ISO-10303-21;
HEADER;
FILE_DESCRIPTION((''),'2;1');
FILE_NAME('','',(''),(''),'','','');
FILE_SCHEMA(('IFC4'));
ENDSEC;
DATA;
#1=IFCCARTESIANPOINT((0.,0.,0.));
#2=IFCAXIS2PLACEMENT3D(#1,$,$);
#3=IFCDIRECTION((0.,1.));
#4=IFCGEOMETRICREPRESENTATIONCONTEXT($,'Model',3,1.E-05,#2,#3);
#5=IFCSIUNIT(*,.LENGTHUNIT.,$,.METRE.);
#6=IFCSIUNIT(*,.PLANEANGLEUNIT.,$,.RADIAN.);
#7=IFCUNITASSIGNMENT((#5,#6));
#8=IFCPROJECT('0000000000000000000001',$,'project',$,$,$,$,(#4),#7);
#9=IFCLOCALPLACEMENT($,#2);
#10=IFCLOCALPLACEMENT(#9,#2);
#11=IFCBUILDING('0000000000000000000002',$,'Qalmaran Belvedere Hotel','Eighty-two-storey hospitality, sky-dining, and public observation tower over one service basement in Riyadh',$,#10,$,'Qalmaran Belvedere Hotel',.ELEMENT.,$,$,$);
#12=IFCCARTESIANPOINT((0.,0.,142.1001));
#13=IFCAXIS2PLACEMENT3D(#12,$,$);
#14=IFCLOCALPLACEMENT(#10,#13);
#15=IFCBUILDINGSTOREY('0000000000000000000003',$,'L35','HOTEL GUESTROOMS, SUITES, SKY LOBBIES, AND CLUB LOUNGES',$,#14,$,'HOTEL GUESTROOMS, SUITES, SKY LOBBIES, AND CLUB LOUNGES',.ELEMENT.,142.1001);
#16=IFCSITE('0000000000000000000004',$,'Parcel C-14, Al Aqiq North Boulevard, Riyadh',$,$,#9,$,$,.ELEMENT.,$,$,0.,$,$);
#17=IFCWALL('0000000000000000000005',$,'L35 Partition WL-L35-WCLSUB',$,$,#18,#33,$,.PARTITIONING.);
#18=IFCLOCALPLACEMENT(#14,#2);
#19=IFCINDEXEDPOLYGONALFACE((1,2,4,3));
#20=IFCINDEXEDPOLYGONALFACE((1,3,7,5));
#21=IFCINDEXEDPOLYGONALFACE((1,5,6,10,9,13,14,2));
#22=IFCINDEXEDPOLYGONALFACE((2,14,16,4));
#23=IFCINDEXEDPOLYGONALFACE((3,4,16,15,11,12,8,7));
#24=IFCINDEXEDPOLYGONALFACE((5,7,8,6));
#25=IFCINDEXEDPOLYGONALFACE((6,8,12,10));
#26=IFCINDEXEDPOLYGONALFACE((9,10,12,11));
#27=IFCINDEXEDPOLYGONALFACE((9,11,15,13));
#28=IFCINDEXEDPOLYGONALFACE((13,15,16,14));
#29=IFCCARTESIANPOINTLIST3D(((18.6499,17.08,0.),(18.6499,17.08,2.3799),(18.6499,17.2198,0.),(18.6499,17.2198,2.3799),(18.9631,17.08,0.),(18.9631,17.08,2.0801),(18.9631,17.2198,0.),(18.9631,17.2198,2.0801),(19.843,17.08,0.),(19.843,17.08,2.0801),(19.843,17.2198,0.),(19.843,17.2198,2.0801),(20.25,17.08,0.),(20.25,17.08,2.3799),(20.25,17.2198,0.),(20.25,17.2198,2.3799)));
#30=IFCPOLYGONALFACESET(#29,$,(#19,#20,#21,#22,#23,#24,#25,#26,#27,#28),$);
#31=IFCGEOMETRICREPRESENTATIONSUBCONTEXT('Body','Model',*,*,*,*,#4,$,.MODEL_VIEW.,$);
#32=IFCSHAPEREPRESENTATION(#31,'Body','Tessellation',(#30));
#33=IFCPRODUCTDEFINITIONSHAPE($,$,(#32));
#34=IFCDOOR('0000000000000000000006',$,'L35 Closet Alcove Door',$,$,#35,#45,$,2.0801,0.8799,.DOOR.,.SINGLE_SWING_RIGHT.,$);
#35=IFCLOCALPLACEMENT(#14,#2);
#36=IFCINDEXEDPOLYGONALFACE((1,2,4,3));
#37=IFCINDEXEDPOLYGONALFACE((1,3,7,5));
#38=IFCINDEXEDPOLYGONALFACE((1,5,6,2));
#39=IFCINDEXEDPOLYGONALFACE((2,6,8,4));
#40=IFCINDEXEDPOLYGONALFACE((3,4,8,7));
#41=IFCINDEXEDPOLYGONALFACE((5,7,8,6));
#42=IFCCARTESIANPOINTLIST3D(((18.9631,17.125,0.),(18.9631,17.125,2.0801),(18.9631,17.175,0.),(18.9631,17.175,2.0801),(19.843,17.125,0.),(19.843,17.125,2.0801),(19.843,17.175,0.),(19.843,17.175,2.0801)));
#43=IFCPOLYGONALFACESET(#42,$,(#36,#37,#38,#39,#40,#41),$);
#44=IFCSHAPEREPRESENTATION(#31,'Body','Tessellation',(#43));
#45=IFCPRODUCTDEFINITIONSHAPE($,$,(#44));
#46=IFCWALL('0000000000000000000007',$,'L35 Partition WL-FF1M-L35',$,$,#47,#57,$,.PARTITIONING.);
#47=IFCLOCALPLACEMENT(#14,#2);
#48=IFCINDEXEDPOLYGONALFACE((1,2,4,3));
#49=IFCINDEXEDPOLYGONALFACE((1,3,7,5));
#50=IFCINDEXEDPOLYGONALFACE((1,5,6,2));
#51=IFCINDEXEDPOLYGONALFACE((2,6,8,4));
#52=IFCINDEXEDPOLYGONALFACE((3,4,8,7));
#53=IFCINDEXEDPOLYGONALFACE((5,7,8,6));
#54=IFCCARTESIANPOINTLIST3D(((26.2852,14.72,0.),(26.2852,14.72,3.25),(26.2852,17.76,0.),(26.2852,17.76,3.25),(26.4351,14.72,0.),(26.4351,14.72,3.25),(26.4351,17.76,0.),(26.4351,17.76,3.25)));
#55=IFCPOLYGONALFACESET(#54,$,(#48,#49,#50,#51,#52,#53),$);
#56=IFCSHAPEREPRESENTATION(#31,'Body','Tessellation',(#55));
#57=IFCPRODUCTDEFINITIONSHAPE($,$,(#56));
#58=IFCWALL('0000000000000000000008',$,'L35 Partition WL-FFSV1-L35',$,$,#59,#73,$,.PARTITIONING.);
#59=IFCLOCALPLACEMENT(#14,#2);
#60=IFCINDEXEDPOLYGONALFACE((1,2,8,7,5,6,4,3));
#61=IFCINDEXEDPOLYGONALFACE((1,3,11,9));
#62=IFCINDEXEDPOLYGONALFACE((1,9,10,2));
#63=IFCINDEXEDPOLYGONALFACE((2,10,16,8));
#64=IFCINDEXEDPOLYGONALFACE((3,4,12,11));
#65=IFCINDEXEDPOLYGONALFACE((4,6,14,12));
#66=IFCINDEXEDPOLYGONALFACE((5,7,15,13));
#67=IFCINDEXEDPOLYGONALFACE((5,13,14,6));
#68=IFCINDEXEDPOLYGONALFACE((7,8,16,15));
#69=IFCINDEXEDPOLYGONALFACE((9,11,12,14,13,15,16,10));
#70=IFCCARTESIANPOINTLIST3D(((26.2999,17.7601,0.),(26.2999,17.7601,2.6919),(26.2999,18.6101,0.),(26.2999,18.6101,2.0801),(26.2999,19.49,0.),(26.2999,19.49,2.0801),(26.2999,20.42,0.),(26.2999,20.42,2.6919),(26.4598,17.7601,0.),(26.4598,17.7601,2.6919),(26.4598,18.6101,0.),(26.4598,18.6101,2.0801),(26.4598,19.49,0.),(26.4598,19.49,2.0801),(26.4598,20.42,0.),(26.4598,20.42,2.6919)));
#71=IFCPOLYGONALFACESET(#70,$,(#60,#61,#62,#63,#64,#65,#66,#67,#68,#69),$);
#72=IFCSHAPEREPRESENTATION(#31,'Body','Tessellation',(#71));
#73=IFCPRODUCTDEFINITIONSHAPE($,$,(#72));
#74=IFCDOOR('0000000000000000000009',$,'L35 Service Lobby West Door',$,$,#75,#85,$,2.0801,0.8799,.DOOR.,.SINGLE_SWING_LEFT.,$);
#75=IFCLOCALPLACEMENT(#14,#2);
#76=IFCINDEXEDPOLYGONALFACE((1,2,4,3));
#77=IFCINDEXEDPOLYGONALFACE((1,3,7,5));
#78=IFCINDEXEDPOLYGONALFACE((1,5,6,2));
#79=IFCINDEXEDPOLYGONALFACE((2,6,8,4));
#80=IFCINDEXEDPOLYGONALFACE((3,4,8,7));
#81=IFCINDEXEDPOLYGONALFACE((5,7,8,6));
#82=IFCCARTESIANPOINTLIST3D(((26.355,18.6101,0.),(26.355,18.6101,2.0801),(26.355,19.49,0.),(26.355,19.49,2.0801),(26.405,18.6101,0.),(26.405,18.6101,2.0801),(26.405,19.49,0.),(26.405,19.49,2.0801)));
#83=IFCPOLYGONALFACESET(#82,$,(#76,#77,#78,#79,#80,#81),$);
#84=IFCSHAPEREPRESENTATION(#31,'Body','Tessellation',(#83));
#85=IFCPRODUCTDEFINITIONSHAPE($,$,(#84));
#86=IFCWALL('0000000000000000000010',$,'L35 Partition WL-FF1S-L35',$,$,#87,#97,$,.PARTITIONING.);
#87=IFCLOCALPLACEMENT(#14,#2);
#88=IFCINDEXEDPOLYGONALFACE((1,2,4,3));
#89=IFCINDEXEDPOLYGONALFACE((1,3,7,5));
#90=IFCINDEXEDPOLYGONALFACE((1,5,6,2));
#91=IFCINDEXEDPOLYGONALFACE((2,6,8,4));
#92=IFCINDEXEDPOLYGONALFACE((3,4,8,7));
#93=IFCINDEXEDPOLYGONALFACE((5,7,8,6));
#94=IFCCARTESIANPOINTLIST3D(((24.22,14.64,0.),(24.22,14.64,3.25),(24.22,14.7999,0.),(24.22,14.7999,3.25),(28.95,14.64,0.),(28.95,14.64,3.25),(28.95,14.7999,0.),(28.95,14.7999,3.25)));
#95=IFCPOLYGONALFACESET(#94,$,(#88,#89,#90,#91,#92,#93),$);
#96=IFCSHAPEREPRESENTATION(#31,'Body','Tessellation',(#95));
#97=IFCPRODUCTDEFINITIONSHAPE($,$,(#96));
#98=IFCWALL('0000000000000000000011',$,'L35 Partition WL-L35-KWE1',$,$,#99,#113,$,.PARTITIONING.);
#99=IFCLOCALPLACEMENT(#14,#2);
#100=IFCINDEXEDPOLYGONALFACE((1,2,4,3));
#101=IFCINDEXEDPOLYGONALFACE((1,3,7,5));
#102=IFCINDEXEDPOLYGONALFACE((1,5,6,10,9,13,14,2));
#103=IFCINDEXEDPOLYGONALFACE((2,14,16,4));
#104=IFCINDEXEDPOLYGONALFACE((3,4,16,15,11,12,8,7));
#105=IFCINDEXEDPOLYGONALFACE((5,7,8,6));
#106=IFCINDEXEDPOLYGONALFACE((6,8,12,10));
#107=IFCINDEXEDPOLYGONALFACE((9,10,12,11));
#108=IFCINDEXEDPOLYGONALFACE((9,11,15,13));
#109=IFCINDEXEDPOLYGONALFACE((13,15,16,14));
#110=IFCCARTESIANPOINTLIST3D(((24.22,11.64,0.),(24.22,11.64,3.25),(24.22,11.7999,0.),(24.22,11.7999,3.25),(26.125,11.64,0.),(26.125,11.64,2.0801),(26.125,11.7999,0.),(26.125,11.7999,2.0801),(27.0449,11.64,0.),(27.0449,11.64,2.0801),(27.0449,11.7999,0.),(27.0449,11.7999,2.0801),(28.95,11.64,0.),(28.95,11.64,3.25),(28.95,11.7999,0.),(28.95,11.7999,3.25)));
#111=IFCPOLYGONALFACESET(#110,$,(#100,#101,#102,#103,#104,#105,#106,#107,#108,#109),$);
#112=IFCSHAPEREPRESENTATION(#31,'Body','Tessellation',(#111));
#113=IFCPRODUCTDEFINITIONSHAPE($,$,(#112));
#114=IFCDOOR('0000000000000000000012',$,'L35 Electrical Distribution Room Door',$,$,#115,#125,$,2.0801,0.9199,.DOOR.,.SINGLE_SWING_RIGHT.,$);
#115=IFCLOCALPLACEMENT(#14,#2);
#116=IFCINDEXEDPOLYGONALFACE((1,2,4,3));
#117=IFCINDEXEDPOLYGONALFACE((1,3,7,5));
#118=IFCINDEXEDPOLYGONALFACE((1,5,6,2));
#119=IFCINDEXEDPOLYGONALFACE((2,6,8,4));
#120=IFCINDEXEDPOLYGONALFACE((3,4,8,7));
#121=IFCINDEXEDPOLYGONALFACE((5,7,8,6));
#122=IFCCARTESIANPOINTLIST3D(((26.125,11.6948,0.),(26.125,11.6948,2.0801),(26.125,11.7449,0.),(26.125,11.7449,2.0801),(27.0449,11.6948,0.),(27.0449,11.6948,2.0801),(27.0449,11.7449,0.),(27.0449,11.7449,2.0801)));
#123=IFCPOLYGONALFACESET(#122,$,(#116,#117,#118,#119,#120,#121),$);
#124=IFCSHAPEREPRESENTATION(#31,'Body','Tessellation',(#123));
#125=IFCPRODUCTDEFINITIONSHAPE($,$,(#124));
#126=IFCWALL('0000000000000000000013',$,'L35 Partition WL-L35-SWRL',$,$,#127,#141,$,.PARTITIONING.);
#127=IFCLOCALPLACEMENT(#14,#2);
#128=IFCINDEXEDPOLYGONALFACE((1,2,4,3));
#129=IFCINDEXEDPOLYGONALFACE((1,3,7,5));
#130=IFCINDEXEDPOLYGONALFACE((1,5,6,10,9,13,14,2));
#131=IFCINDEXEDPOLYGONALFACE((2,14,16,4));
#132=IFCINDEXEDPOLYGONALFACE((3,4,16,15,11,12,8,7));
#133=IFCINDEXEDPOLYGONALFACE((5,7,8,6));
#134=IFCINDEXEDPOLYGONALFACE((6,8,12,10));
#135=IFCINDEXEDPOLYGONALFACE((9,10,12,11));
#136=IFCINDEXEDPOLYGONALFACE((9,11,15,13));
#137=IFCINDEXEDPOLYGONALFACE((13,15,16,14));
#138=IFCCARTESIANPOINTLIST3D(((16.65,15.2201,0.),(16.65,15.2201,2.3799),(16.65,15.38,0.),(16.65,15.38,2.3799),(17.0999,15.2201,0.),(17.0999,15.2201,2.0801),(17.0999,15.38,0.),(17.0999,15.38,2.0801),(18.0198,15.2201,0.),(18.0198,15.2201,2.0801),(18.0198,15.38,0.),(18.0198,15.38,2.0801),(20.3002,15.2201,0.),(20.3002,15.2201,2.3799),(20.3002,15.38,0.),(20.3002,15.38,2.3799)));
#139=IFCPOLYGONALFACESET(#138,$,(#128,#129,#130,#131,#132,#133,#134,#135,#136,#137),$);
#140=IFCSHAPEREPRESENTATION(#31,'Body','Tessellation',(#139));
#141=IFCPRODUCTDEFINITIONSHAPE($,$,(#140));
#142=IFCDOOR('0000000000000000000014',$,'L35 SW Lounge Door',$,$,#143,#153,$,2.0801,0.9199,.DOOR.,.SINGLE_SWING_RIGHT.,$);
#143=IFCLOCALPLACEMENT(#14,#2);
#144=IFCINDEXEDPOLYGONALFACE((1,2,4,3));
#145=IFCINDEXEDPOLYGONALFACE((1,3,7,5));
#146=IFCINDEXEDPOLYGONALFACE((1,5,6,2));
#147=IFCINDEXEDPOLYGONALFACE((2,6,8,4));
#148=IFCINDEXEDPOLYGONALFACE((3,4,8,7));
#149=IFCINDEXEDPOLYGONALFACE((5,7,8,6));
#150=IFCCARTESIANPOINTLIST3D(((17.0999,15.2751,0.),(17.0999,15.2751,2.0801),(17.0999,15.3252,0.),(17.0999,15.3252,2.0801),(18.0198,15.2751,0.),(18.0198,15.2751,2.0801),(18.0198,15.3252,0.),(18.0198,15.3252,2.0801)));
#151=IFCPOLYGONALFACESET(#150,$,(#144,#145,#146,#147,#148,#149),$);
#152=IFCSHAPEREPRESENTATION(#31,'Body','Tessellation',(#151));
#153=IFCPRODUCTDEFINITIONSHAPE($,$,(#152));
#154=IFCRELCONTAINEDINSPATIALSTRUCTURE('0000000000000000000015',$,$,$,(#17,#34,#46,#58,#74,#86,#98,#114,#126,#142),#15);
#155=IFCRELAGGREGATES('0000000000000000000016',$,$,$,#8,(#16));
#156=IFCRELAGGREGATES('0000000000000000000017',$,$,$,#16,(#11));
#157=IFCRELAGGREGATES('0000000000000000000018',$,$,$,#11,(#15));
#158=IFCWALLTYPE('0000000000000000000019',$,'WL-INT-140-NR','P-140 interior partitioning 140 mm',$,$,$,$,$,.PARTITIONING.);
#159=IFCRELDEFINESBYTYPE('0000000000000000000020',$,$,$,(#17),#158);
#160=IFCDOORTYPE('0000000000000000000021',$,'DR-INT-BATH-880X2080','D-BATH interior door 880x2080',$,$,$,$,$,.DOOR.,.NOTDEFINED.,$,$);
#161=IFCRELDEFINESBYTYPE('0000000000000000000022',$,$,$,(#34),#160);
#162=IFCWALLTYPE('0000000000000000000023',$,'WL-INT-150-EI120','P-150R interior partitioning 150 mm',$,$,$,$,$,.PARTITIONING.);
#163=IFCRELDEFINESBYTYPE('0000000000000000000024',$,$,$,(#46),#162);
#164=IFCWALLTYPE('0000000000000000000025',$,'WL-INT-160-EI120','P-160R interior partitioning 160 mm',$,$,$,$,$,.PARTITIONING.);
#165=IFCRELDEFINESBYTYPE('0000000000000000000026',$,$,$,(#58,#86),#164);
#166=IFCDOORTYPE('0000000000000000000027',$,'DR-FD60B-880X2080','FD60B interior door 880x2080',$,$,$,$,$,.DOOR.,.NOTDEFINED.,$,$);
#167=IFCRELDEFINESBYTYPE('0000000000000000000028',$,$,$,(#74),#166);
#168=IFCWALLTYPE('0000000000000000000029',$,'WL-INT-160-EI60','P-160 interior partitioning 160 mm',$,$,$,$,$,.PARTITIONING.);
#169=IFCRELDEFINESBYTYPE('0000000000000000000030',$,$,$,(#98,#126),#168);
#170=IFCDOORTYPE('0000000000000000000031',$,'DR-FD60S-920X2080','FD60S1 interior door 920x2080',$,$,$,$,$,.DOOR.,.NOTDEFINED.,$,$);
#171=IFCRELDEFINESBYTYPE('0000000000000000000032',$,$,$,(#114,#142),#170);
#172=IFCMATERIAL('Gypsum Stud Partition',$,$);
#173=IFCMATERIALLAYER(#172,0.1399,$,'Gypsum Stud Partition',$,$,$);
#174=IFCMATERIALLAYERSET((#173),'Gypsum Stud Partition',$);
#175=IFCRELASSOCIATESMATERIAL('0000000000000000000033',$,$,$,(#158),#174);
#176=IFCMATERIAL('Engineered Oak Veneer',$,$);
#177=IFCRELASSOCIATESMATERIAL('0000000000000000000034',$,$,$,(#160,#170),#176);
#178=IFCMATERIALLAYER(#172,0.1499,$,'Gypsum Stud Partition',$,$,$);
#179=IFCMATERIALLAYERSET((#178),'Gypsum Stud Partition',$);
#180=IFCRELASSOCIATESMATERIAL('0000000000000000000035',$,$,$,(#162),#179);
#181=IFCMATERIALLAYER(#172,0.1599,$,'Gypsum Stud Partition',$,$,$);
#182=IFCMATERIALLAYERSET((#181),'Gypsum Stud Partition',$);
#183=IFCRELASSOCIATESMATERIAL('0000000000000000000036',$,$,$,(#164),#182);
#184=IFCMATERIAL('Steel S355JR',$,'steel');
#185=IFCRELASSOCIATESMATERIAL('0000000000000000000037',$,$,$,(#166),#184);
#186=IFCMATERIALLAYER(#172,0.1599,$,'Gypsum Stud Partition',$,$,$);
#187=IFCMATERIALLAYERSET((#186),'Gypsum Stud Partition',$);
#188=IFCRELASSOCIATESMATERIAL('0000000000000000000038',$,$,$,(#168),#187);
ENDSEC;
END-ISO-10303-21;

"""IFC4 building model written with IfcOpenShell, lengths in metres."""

from ifc_helpers import new_model, si_unit, direction, frame, frame_2d, origin, place, context, subcontext, project, spatial, rectangle, extrude, material, layer, layer_set, type_object, element, fill, save


model = new_model("IFC4")

# Units and contexts
model_context = context("Model", 3, precision=1e-05, world=origin(), true_north=direction((0.0, 1.0)))
body_context = subcontext(model_context, "Body", "Model", "MODEL_VIEW")
ifc_project = project(units=[si_unit("LENGTHUNIT", "METRE"), si_unit("PLANEANGLEUNIT", "RADIAN")], contexts=[model_context])

# Site, building, storey
site_placement = place(None, origin())
site = spatial("IfcSite", under=ifc_project, at=site_placement, Name="Parcel C-14, Al Aqiq North Boulevard, Riyadh", CompositionType="ELEMENT", RefElevation=0.0)
building_placement = place(site_placement, origin())
building = spatial("IfcBuilding", under=site, at=building_placement, Name="Qalmaran Belvedere Hotel", Description="Eighty-two-storey hospitality, sky-dining, and public observation tower over one service basement in Riyadh", LongName="Qalmaran Belvedere Hotel", CompositionType="ELEMENT")
storey_placement = place(building_placement, frame((0.0, 0.0, 142.1001)))
storey = spatial("IfcBuildingStorey", under=building, at=storey_placement, Name="L35", Description="HOTEL GUESTROOMS, SUITES, SKY LOBBIES, AND CLUB LOUNGES", LongName="HOTEL GUESTROOMS, SUITES, SKY LOBBIES, AND CLUB LOUNGES", CompositionType="ELEMENT", Elevation=142.1001)

# Wall, opening, door
ifc_material_1 = material(Name="Gypsum Stud Partition")
ifc_layer_1 = layer(ifc_material_1, 0.1399, Name="Gypsum Stud Partition")
ifc_layer_set_1 = layer_set([ifc_layer_1], Name="Gypsum Stud Partition")
wall_type_1 = type_object("IfcWallType", Name="WL-INT-140-NR", Description="P-140 interior partitioning 140 mm", PredefinedType="PARTITIONING", material=ifc_layer_set_1)
wall_1_placement = place(storey_placement, frame((18.6499, 17.1499, 0.0), z_axis=(0.0, 0.0, 1.0), x_axis=(1.0, 0.0, 0.0)))
wall_1 = element("IfcWall", 1, at=wall_1_placement, inside=storey, type_object=wall_type_1, Name="L35 Partition WL-L35-WCLSUB", PredefinedType="PARTITIONING", context=body_context, shape_type="SweptSolid", body=[
    extrude(rectangle(XDim=1.6001, YDim=0.1399, at=frame_2d((0.8, 0.0))), origin(), (0.0, 0.0, 1.0), 2.3799),
])
opening_1_placement = place(wall_1_placement, frame((1.1931, 0.0, 0.0), z_axis=(0.0, 0.0, 1.0), x_axis=(-1.0, 0.0, 0.0)))
opening_1 = element("IfcOpeningElement", 2, at=opening_1_placement, cuts=wall_1, PredefinedType="OPENING", context=body_context, shape_type="SweptSolid", body=[
    extrude(rectangle(XDim=0.8799, YDim=2.0801, at=frame_2d((0.4399, 1.04))), frame((0.0, 0.0801, 0.0), z_axis=(0.0, -1.0, 0.0), x_axis=(1.0, 0.0, 0.0)), (0.0, 0.0, 1.0), 0.1599),
])
ifc_material_2 = material(Name="Engineered Oak Veneer")
door_type_1 = type_object("IfcDoorType", Name="DR-INT-BATH-880X2080", Description="D-BATH interior door 880x2080", OperationType="NOTDEFINED", PredefinedType="DOOR", material=ifc_material_2)
door_1_placement = place(opening_1_placement, origin())
door_1 = element("IfcDoor", 3, at=door_1_placement, inside=storey, type_object=door_type_1, Name="L35 Closet Alcove Door", OperationType="SINGLE_SWING_RIGHT", OverallHeight=2.0801, OverallWidth=0.8799, PredefinedType="DOOR", context=body_context, shape_type="SweptSolid", body=[
    extrude(rectangle(XDim=0.8799, YDim=2.0801, at=frame_2d((0.4399, 1.04))), frame((0.0, 0.0249, 0.0), z_axis=(0.0, -1.0, 0.0), x_axis=(1.0, 0.0, 0.0)), (0.0, 0.0, 1.0), 0.05),
])
fill(opening_1, door_1)

# Wall
ifc_layer_2 = layer(ifc_material_1, 0.1499, Name="Gypsum Stud Partition")
ifc_layer_set_2 = layer_set([ifc_layer_2], Name="Gypsum Stud Partition")
wall_type_2 = type_object("IfcWallType", Name="WL-INT-150-EI120", Description="P-150R interior partitioning 150 mm", PredefinedType="PARTITIONING", material=ifc_layer_set_2)
wall_2_placement = place(storey_placement, frame((26.3601, 14.72, 0.0), z_axis=(0.0, 0.0, 1.0), x_axis=(0.0, 1.0, 0.0)))
element("IfcWall", 4, at=wall_2_placement, inside=storey, type_object=wall_type_2, Name="L35 Partition WL-FF1M-L35", PredefinedType="PARTITIONING", context=body_context, shape_type="SweptSolid", body=[
    extrude(rectangle(XDim=3.04, YDim=0.1499, at=frame_2d((1.52, 0.0))), origin(), (0.0, 0.0, 1.0), 3.25),
])

# Wall, opening, door
ifc_layer_3 = layer(ifc_material_1, 0.1599, Name="Gypsum Stud Partition")
ifc_layer_set_3 = layer_set([ifc_layer_3], Name="Gypsum Stud Partition")
wall_type_3 = type_object("IfcWallType", Name="WL-INT-160-EI120", Description="P-160R interior partitioning 160 mm", PredefinedType="PARTITIONING", material=ifc_layer_set_3)
wall_3_placement = place(storey_placement, frame((26.3799, 17.76, 0.0), z_axis=(0.0, 0.0, 1.0), x_axis=(0.0, 1.0, 0.0)))
wall_3 = element("IfcWall", 5, at=wall_3_placement, inside=storey, type_object=wall_type_3, Name="L35 Partition WL-FFSV1-L35", PredefinedType="PARTITIONING", context=body_context, shape_type="SweptSolid", body=[
    extrude(rectangle(XDim=2.6599, YDim=0.1599, at=frame_2d((1.3301, 0.0))), origin(), (0.0, 0.0, 1.0), 2.6919),
])
opening_2_placement = place(wall_3_placement, frame((0.8501, 0.0, 0.0)))
opening_2 = element("IfcOpeningElement", 6, at=opening_2_placement, cuts=wall_3, PredefinedType="OPENING", context=body_context, shape_type="SweptSolid", body=[
    extrude(rectangle(XDim=0.8799, YDim=2.0801, at=frame_2d((0.4399, 1.04))), frame((0.0, 0.0898, 0.0), z_axis=(0.0, -1.0, 0.0), x_axis=(1.0, 0.0, 0.0)), (0.0, 0.0, 1.0), 0.1799),
])
ifc_material_3 = material(Name="Steel S355JR", Category="steel")
door_type_2 = type_object("IfcDoorType", Name="DR-FD60B-880X2080", Description="FD60B interior door 880x2080", OperationType="NOTDEFINED", PredefinedType="DOOR", material=ifc_material_3)
door_2_placement = place(opening_2_placement, origin())
door_2 = element("IfcDoor", 7, at=door_2_placement, inside=storey, type_object=door_type_2, Name="L35 Service Lobby West Door", OperationType="SINGLE_SWING_LEFT", OverallHeight=2.0801, OverallWidth=0.8799, PredefinedType="DOOR", context=body_context, shape_type="SweptSolid", body=[
    extrude(rectangle(XDim=0.8799, YDim=2.0801, at=frame_2d((0.4399, 1.04))), frame((0.0, 0.0249, 0.0), z_axis=(0.0, -1.0, 0.0), x_axis=(1.0, 0.0, 0.0)), (0.0, 0.0, 1.0), 0.05),
])
fill(opening_2, door_2)

# Wall
wall_4_placement = place(storey_placement, frame((24.22, 14.72, 0.0), z_axis=(0.0, 0.0, 1.0), x_axis=(1.0, 0.0, 0.0)))
element("IfcWall", 8, at=wall_4_placement, inside=storey, type_object=wall_type_3, Name="L35 Partition WL-FF1S-L35", PredefinedType="PARTITIONING", context=body_context, shape_type="SweptSolid", body=[
    extrude(rectangle(XDim=4.73, YDim=0.1599, at=frame_2d((2.365, 0.0))), origin(), (0.0, 0.0, 1.0), 3.25),
])

# Walls, openings, doors
ifc_layer_4 = layer(ifc_material_1, 0.1599, Name="Gypsum Stud Partition")
ifc_layer_set_4 = layer_set([ifc_layer_4], Name="Gypsum Stud Partition")
wall_type_4 = type_object("IfcWallType", Name="WL-INT-160-EI60", Description="P-160 interior partitioning 160 mm", PredefinedType="PARTITIONING", material=ifc_layer_set_4)
wall_5_placement = place(storey_placement, frame((24.22, 11.72, 0.0), z_axis=(0.0, 0.0, 1.0), x_axis=(1.0, 0.0, 0.0)))
wall_5 = element("IfcWall", 9, at=wall_5_placement, inside=storey, type_object=wall_type_4, Name="L35 Partition WL-L35-KWE1", PredefinedType="PARTITIONING", context=body_context, shape_type="SweptSolid", body=[
    extrude(rectangle(XDim=4.73, YDim=0.1599, at=frame_2d((2.365, 0.0))), origin(), (0.0, 0.0, 1.0), 3.25),
])
opening_3_placement = place(wall_5_placement, frame((1.905, 0.0, 0.0)))
opening_3 = element("IfcOpeningElement", 10, at=opening_3_placement, cuts=wall_5, PredefinedType="OPENING", context=body_context, shape_type="SweptSolid", body=[
    extrude(rectangle(XDim=0.9199, YDim=2.0801, at=frame_2d((0.46, 1.04))), frame((0.0, 0.0898, 0.0), z_axis=(0.0, -1.0, 0.0), x_axis=(1.0, 0.0, 0.0)), (0.0, 0.0, 1.0), 0.1799),
])
door_type_3 = type_object("IfcDoorType", Name="DR-FD60S-920X2080", Description="FD60S1 interior door 920x2080", OperationType="NOTDEFINED", PredefinedType="DOOR", material=ifc_material_2)
door_3_placement = place(opening_3_placement, origin())
door_3 = element("IfcDoor", 11, at=door_3_placement, inside=storey, type_object=door_type_3, Name="L35 Electrical Distribution Room Door", OperationType="SINGLE_SWING_RIGHT", OverallHeight=2.0801, OverallWidth=0.9199, PredefinedType="DOOR", context=body_context, shape_type="SweptSolid", body=[
    extrude(rectangle(XDim=0.9199, YDim=2.0801, at=frame_2d((0.46, 1.04))), frame((0.0, 0.0249, 0.0), z_axis=(0.0, -1.0, 0.0), x_axis=(1.0, 0.0, 0.0)), (0.0, 0.0, 1.0), 0.05),
])
fill(opening_3, door_3)
wall_6_placement = place(storey_placement, frame((16.6499, 15.3, 0.0), z_axis=(0.0, 0.0, 1.0), x_axis=(1.0, 0.0, 0.0)))
wall_6 = element("IfcWall", 12, at=wall_6_placement, inside=storey, type_object=wall_type_4, Name="L35 Partition WL-L35-SWRL", PredefinedType="PARTITIONING", context=body_context, shape_type="SweptSolid", body=[
    extrude(rectangle(XDim=3.6501, YDim=0.1599, at=frame_2d((1.8252, 0.0))), origin(), (0.0, 0.0, 1.0), 2.3799),
])
opening_4_placement = place(wall_6_placement, frame((1.3699, 0.0, 0.0), z_axis=(0.0, 0.0, 1.0), x_axis=(-1.0, 0.0, 0.0)))
opening_4 = element("IfcOpeningElement", 13, at=opening_4_placement, cuts=wall_6, PredefinedType="OPENING", context=body_context, shape_type="SweptSolid", body=[
    extrude(rectangle(XDim=0.9199, YDim=2.0801, at=frame_2d((0.46, 1.04))), frame((0.0, 0.0898, 0.0), z_axis=(0.0, -1.0, 0.0), x_axis=(1.0, 0.0, 0.0)), (0.0, 0.0, 1.0), 0.1799),
])
door_4_placement = place(opening_4_placement, origin())
door_4 = element("IfcDoor", 14, at=door_4_placement, inside=storey, type_object=door_type_3, Name="L35 SW Lounge Door", OperationType="SINGLE_SWING_RIGHT", OverallHeight=2.0801, OverallWidth=0.9199, PredefinedType="DOOR", context=body_context, shape_type="SweptSolid", body=[
    extrude(rectangle(XDim=0.9199, YDim=2.0801, at=frame_2d((0.46, 1.04))), frame((0.0, 0.0249, 0.0), z_axis=(0.0, -1.0, 0.0), x_axis=(1.0, 0.0, 0.0)), (0.0, 0.0, 1.0), 0.05),
])
fill(opening_4, door_4)

save(model, "model.ifc")
